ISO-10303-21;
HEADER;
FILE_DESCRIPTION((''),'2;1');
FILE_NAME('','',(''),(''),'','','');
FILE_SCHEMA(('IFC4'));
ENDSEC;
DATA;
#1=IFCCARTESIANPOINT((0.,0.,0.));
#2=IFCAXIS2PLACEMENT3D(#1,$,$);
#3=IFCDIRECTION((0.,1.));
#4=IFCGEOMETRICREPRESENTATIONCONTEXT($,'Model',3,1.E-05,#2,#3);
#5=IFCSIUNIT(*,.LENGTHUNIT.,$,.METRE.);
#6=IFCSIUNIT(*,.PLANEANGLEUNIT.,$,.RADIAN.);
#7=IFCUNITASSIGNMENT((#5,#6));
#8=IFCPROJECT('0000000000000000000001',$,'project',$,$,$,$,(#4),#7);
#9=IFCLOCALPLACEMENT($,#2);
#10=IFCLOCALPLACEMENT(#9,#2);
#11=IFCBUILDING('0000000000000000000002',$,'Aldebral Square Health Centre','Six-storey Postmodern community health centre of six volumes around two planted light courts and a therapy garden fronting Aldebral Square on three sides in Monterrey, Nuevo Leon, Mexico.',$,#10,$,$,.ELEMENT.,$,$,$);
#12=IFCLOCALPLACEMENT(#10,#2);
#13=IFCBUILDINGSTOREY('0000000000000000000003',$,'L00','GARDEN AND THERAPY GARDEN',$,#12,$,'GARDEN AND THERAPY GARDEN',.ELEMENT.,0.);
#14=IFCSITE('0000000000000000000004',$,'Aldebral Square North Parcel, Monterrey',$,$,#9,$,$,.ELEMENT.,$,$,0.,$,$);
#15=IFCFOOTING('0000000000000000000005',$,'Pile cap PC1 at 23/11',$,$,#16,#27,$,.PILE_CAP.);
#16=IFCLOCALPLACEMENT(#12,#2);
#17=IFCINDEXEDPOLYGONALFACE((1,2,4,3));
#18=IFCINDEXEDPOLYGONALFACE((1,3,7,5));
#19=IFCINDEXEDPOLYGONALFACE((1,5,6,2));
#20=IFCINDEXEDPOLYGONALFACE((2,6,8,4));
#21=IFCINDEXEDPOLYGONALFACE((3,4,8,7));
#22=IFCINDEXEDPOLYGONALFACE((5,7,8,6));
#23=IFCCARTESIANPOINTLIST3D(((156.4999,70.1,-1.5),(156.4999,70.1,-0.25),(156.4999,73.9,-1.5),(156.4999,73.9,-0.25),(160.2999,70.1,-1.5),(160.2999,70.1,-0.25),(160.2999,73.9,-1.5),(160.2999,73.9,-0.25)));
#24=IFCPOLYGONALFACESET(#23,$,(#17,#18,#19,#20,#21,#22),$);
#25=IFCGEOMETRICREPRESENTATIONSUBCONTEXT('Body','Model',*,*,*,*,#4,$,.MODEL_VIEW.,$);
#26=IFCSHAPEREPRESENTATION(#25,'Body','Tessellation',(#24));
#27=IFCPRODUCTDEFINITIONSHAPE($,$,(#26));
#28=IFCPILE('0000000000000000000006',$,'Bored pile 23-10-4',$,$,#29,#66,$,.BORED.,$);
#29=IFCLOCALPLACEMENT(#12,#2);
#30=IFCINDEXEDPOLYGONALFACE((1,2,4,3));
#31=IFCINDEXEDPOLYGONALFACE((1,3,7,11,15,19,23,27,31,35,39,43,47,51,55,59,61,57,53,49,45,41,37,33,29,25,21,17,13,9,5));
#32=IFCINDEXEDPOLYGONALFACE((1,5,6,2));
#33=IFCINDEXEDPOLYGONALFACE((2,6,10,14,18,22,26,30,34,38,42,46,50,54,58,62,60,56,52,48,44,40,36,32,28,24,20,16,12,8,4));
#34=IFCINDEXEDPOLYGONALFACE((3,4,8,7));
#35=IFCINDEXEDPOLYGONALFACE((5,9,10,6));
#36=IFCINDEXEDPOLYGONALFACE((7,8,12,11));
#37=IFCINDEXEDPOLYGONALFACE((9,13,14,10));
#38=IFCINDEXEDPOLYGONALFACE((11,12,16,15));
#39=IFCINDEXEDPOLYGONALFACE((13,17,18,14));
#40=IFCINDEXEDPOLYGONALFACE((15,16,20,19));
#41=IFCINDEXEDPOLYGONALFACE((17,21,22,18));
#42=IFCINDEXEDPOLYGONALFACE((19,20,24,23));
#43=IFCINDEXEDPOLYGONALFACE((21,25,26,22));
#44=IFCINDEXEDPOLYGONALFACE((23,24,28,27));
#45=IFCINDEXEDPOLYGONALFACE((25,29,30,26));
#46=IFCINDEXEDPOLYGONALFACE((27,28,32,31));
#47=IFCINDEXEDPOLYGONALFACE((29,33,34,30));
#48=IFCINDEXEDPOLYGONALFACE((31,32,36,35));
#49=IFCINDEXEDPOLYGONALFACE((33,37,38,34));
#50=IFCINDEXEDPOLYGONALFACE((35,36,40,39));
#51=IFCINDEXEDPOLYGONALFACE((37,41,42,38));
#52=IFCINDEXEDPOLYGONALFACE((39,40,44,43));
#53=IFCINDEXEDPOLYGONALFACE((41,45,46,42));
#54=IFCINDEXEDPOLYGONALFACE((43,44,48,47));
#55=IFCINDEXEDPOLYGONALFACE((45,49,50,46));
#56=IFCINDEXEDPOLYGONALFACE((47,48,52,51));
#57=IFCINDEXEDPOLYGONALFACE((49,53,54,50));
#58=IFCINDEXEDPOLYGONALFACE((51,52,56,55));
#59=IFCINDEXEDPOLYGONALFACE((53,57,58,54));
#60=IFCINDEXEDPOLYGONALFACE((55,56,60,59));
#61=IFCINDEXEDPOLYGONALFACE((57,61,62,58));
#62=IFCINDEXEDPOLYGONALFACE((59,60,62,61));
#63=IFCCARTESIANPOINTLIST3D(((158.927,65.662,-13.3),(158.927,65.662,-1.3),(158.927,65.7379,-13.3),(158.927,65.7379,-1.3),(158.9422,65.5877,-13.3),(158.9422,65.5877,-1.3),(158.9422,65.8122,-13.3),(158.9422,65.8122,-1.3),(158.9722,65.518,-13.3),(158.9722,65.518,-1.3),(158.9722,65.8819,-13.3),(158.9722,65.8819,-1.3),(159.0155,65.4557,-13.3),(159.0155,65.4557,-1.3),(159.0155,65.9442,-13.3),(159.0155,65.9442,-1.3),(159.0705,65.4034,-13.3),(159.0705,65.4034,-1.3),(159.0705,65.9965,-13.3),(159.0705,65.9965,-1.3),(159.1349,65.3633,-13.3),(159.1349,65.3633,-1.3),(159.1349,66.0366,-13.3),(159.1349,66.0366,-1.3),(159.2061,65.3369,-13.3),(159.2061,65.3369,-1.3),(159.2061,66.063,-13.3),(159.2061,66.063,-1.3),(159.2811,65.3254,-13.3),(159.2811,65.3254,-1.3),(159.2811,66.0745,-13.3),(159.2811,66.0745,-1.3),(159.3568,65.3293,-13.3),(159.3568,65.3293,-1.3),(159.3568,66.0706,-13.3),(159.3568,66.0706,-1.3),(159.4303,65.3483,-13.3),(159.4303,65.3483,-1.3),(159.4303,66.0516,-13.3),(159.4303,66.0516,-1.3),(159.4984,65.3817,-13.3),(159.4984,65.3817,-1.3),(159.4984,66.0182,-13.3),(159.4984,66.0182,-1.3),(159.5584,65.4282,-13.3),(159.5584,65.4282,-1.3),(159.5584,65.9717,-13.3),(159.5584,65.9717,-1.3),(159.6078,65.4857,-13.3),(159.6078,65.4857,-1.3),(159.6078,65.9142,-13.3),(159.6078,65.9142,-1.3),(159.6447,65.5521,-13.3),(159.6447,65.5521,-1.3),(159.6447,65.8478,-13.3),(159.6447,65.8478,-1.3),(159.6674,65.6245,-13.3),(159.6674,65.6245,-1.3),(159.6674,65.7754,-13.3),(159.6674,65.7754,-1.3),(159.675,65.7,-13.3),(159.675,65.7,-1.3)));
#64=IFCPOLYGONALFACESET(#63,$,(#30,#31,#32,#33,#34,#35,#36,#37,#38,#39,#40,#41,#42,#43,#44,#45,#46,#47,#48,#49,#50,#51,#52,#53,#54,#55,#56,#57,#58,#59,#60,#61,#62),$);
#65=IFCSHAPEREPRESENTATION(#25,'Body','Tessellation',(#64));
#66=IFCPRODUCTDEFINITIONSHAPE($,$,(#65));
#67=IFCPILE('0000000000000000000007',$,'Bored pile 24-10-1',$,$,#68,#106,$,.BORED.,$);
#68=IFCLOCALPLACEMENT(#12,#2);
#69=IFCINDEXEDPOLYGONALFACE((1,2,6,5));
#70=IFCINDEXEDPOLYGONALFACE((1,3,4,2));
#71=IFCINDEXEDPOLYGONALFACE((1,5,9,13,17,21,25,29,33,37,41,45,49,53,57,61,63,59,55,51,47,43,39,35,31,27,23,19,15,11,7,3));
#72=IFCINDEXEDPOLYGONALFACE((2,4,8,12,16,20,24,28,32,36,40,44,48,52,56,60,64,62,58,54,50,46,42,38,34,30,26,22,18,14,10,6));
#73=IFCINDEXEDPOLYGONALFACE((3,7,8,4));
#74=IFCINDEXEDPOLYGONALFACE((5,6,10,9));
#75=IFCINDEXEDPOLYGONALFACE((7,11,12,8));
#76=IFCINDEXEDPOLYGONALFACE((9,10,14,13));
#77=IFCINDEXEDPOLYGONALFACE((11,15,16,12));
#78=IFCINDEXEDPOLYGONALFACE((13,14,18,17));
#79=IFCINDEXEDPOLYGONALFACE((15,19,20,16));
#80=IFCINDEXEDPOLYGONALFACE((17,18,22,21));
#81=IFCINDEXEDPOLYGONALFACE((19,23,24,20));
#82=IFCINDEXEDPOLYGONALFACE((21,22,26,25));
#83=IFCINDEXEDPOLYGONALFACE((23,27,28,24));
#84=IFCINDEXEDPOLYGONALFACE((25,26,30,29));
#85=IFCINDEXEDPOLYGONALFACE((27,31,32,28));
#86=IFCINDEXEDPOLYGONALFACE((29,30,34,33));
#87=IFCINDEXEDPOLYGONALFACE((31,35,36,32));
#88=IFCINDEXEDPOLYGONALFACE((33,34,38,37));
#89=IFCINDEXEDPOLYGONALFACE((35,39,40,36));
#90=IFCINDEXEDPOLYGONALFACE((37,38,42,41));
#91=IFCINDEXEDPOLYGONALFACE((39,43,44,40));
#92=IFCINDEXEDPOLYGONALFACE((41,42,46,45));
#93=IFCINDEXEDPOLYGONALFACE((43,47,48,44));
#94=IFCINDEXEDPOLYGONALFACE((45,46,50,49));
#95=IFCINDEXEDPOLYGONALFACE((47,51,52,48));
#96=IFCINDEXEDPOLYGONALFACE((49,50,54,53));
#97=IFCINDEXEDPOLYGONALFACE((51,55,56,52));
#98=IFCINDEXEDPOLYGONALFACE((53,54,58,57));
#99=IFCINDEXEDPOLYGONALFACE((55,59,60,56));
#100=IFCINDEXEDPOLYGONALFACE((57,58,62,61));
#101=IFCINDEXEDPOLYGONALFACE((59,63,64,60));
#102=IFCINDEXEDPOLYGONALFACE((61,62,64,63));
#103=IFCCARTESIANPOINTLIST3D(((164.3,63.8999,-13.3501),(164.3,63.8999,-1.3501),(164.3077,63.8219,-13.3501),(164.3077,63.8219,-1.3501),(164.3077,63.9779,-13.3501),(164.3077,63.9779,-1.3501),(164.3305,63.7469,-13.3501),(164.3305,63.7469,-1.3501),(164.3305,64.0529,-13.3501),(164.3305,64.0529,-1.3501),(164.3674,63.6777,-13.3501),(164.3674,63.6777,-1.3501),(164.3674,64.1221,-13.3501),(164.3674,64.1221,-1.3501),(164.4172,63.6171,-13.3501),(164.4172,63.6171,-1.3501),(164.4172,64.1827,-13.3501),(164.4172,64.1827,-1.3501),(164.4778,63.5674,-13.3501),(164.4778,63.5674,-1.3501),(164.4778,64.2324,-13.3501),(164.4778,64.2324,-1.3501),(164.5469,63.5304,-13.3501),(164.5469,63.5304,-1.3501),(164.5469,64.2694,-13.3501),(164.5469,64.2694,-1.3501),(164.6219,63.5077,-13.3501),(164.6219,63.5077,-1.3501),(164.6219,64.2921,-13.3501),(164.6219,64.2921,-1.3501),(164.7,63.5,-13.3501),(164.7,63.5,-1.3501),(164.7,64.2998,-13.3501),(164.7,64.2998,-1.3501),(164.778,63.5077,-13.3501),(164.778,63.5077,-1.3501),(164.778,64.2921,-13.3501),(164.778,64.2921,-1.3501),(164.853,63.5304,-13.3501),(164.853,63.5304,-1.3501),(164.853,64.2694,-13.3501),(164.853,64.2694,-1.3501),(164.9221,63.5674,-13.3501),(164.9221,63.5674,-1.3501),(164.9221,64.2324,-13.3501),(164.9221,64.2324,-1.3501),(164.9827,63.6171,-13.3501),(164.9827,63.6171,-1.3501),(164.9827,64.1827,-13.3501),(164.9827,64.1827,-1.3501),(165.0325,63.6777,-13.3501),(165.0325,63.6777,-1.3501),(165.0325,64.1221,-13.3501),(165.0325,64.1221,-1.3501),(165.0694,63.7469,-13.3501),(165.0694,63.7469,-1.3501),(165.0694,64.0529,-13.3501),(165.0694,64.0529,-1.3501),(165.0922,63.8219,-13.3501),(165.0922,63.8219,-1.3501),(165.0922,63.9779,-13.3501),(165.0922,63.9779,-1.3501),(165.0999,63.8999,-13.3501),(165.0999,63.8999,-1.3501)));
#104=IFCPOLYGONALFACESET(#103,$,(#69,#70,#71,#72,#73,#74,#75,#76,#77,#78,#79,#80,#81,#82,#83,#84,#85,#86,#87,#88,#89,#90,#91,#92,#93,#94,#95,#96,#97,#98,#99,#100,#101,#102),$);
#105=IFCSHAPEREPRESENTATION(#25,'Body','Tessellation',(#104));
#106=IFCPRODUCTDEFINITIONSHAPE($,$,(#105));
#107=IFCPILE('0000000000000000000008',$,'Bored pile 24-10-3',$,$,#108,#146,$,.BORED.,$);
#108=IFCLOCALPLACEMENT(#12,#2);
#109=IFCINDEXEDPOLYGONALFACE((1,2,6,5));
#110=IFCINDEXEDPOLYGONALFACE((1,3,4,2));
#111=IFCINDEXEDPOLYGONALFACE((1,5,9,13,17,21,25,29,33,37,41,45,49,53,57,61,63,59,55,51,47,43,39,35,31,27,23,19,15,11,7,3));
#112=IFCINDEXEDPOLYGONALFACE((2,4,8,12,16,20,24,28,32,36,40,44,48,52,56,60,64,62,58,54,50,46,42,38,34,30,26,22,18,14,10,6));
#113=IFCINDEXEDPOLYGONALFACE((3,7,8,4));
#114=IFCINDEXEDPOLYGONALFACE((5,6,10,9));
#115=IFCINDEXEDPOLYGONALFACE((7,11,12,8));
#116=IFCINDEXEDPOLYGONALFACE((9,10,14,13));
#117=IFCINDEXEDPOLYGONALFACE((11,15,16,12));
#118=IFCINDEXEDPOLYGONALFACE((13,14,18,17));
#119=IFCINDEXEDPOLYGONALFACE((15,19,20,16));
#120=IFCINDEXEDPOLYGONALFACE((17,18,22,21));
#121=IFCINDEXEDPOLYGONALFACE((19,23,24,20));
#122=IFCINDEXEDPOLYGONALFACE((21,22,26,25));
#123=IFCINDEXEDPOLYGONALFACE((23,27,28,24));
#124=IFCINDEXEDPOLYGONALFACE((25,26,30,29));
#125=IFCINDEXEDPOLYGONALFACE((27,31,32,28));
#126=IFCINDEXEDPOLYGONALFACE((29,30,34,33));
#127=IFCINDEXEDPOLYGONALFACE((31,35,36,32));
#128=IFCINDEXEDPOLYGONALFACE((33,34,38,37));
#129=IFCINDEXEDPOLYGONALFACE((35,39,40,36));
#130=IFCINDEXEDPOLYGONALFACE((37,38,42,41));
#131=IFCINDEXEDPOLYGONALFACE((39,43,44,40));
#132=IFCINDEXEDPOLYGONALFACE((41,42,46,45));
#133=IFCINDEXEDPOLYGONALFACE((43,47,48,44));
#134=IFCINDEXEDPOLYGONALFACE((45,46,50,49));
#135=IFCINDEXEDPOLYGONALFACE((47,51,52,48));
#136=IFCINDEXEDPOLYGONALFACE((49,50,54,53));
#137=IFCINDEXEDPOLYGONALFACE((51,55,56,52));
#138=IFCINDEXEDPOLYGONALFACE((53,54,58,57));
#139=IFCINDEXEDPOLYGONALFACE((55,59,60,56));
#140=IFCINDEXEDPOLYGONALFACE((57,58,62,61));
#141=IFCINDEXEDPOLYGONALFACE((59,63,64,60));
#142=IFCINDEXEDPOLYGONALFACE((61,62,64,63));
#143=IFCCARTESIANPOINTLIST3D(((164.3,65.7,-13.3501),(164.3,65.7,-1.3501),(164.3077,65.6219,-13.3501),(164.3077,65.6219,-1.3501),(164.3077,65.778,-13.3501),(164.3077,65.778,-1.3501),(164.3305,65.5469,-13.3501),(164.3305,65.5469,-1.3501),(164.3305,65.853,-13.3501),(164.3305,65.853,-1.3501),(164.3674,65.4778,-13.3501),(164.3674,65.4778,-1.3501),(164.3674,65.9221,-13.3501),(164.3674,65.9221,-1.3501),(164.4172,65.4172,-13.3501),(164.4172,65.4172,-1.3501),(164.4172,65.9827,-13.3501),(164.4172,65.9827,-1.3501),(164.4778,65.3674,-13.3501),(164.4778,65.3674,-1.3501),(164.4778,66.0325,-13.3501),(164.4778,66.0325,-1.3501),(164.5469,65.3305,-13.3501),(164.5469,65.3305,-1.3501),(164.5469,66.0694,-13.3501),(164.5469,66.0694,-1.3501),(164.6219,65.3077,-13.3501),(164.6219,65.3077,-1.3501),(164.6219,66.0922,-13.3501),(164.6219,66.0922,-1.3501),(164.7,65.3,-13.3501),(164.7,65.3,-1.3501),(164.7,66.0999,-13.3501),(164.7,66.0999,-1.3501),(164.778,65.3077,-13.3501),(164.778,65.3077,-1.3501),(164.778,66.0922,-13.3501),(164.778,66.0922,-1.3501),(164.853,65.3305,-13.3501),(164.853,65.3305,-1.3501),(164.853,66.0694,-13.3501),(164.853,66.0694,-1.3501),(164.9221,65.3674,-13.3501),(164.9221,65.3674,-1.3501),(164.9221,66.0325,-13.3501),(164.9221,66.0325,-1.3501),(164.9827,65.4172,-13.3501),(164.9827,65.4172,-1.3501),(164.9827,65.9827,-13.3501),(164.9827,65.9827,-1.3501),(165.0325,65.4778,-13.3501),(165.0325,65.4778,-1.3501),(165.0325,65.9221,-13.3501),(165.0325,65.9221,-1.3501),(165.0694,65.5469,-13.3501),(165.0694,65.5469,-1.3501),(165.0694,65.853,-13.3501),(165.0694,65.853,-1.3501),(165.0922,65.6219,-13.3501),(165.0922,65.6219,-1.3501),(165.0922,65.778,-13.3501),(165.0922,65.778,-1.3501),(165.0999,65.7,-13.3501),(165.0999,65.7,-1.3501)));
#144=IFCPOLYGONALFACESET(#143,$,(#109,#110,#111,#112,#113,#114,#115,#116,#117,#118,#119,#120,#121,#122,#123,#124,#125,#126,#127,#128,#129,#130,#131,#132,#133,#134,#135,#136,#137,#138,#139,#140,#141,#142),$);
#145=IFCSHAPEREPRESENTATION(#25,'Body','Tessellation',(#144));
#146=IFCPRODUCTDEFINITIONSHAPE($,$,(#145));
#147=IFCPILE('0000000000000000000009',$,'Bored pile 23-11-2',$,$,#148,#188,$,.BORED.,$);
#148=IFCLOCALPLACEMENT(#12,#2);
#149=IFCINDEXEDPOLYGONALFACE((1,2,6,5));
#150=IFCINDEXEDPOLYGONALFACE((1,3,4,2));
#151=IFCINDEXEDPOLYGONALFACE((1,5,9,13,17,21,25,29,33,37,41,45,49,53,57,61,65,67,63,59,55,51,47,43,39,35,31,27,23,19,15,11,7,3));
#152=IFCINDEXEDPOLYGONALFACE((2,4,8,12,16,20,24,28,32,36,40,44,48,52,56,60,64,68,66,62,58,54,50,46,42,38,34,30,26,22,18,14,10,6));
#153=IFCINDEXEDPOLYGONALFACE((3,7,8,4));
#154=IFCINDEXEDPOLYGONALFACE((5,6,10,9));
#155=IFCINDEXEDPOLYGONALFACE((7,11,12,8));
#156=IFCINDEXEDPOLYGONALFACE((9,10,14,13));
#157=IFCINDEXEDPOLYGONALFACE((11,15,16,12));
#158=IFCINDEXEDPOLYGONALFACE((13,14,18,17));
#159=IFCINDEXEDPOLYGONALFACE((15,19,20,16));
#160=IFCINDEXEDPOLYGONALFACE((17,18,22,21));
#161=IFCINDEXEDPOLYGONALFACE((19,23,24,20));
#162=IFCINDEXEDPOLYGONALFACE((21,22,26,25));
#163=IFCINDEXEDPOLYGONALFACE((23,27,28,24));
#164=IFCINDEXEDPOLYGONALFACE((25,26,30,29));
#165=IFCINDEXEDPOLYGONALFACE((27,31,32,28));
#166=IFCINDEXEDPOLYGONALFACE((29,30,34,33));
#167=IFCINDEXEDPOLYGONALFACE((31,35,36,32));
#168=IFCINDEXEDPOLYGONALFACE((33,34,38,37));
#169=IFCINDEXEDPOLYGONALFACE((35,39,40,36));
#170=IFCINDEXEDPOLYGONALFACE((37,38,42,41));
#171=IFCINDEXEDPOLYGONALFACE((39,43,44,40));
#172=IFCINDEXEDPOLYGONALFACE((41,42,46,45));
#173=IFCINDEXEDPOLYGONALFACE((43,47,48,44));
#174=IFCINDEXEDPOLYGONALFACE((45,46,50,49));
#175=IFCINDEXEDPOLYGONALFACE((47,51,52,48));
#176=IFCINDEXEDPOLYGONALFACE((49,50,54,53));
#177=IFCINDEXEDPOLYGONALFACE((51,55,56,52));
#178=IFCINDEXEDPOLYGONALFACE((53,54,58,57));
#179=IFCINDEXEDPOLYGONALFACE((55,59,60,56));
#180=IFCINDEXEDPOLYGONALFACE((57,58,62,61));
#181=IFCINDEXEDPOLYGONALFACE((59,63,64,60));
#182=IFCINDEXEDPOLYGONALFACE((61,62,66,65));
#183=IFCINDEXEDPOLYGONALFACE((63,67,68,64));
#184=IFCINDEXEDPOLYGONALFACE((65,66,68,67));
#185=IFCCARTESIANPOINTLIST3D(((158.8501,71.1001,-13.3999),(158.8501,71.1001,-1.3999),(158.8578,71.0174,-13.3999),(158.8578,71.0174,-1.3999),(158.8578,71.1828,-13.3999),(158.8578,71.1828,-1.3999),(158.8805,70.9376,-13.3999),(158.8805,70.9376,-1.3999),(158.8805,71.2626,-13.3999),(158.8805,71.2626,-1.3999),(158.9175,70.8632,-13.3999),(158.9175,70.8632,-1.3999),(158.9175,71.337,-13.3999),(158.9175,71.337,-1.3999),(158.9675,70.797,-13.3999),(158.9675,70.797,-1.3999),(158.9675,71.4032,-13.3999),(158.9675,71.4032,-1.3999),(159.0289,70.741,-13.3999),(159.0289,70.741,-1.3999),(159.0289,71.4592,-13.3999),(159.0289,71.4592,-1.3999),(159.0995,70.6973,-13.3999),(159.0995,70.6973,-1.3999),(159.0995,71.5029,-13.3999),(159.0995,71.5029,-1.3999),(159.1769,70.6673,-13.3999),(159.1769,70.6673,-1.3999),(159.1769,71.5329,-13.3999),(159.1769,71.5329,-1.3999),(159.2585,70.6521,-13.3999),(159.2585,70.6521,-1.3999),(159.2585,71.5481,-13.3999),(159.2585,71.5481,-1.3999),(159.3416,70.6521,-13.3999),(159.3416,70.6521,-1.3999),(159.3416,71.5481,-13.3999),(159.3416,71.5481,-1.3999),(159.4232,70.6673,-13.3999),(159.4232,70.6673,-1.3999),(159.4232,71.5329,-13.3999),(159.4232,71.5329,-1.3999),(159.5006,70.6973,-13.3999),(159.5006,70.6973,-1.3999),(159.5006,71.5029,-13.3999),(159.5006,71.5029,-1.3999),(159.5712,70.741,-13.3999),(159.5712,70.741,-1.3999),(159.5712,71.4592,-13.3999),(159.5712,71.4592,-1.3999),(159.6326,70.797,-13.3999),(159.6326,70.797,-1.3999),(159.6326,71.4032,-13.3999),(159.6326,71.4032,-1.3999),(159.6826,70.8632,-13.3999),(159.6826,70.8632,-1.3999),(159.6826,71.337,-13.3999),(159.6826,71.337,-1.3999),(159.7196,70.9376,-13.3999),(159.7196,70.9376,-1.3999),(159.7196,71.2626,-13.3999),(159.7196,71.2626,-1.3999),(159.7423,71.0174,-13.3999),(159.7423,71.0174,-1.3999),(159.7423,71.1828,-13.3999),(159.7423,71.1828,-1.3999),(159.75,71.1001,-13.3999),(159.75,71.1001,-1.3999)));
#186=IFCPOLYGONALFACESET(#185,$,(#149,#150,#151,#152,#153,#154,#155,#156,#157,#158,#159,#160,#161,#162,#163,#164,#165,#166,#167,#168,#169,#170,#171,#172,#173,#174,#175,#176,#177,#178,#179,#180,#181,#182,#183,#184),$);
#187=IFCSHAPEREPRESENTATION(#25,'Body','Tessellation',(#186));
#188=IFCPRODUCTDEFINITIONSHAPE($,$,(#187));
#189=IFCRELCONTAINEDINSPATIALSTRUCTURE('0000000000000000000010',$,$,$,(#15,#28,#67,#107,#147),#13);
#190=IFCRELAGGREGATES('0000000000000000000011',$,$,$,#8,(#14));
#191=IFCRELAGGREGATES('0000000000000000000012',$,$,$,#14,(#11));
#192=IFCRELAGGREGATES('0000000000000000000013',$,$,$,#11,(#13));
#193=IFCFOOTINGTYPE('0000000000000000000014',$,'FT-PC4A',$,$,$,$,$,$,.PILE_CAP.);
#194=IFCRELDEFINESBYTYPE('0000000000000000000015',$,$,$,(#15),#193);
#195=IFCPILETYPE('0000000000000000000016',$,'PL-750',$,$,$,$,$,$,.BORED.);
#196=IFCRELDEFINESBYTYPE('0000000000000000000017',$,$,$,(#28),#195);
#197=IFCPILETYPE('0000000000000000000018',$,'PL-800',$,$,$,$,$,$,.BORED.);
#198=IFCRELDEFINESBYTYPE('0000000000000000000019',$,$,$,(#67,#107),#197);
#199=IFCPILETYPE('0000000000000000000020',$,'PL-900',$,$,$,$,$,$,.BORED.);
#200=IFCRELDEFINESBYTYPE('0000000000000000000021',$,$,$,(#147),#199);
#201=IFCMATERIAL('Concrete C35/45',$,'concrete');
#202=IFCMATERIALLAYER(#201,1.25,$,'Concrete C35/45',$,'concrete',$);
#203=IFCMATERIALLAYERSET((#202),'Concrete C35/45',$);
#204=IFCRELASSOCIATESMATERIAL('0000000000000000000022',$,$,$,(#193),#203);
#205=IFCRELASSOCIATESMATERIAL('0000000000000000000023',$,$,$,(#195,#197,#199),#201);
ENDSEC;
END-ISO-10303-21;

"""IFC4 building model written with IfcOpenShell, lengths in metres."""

from ifc_helpers import new_model, si_unit, direction, frame, origin, origin_2d, place, context, subcontext, project, spatial, rectangle, circle, extrude, material, layer, layer_set, material_profile, profile_set, type_object, element, save


model = new_model("IFC4")

# Units and contexts
model_context = context("Model", 3, precision=1e-05, world=origin(), true_north=direction((0.0, 1.0)))
body_context = subcontext(model_context, "Body", "Model", "MODEL_VIEW")
ifc_project = project(units=[si_unit("LENGTHUNIT", "METRE"), si_unit("PLANEANGLEUNIT", "RADIAN")], contexts=[model_context])

# Site, building, storey
site_placement = place(None, origin())
site = spatial("IfcSite", under=ifc_project, at=site_placement, Name="Aldebral Square North Parcel, Monterrey", CompositionType="ELEMENT", RefElevation=0.0)
building_placement = place(site_placement, origin())
building = spatial("IfcBuilding", under=site, at=building_placement, Name="Aldebral Square Health Centre", Description="Six-storey Postmodern community health centre of six volumes around two planted light courts and a therapy garden fronting Aldebral Square on three sides in Monterrey, Nuevo Leon, Mexico.", CompositionType="ELEMENT")
storey_placement = place(building_placement, origin())
storey = spatial("IfcBuildingStorey", under=building, at=storey_placement, Name="L00", Description="GARDEN AND THERAPY GARDEN", LongName="GARDEN AND THERAPY GARDEN", CompositionType="ELEMENT", Elevation=0.0)

# Footing
ifc_material_1 = material(Name="Concrete C35/45", Category="concrete")
ifc_layer_1 = layer(ifc_material_1, 1.25, Name="Concrete C35/45", Category="concrete")
ifc_layer_set_1 = layer_set([ifc_layer_1], Name="Concrete C35/45")
footing_type = type_object("IfcFootingType", Name="FT-PC4A", PredefinedType="PILE_CAP", material=ifc_layer_set_1)
footing_placement = place(storey_placement, frame((158.3999, 72.0, -1.5), z_axis=(0.0, 0.0, 1.0), x_axis=(1.0, 0.0, 0.0)))
element("IfcFooting", 1, at=footing_placement, inside=storey, type_object=footing_type, Name="Pile cap PC1 at 23/11", PredefinedType="PILE_CAP", context=body_context, shape_type="SweptSolid", body=[
    extrude(rectangle(XDim=3.8, YDim=3.8, at=origin_2d()), origin(), (0.0, 0.0, 1.0), 1.25),
])

# Piles
ifc_material_profile_1 = material_profile(ifc_material_1, circle(Radius=0.375, at=origin_2d()), Name="PILE D750")
ifc_profile_set_1 = profile_set([ifc_material_profile_1], Name="Concrete C35/45")
pile_type_1 = type_object("IfcPileType", Name="PL-750", PredefinedType="BORED", material=ifc_profile_set_1)
pile_1_placement = place(storey_placement, frame((159.3, 65.7, -1.3), z_axis=(0.0, 0.0, -1.0), x_axis=(1.0, 0.0, 0.0)))
element("IfcPile", 2, at=pile_1_placement, inside=storey, type_object=pile_type_1, Name="Bored pile 23-10-4", PredefinedType="BORED", context=body_context, shape_type="SweptSolid", body=[
    extrude(circle(Radius=0.375, at=origin_2d()), origin(), (0.0, 0.0, 1.0), 12.0),
])
ifc_material_profile_2 = material_profile(ifc_material_1, circle(Radius=0.3999, at=origin_2d()), Name="PILE D800")
ifc_profile_set_2 = profile_set([ifc_material_profile_2], Name="Concrete C35/45")
pile_type_2 = type_object("IfcPileType", Name="PL-800", PredefinedType="BORED", material=ifc_profile_set_2)
for number, where, z_axis, x_axis, name in (
    (3, (164.7, 63.8999, -1.3501), (0.0, 0.0, -1.0), (1.0, 0.0, 0.0), "Bored pile 24-10-1"),
    (4, (164.7, 65.7, -1.3501), (0.0, 0.0, -1.0), (1.0, 0.0, 0.0), "Bored pile 24-10-3"),
):
    element("IfcPile", number, at=place(storey_placement, frame(where, z_axis=z_axis, x_axis=x_axis)), inside=storey, type_object=pile_type_2, Name=name, PredefinedType="BORED", context=body_context, shape_type="SweptSolid", body=[
        extrude(circle(Radius=0.3999, at=origin_2d()), origin(), (0.0, 0.0, 1.0), 12.0),
    ])
ifc_material_profile_3 = material_profile(ifc_material_1, circle(Radius=0.45, at=origin_2d()), Name="PILE D900")
ifc_profile_set_3 = profile_set([ifc_material_profile_3], Name="Concrete C35/45")
pile_type_3 = type_object("IfcPileType", Name="PL-900", PredefinedType="BORED", material=ifc_profile_set_3)
pile_2_placement = place(storey_placement, frame((159.3, 71.1001, -1.3999), z_axis=(0.0, 0.0, -1.0), x_axis=(1.0, 0.0, 0.0)))
element("IfcPile", 5, at=pile_2_placement, inside=storey, type_object=pile_type_3, Name="Bored pile 23-11-2", PredefinedType="BORED", context=body_context, shape_type="SweptSolid", body=[
    extrude(circle(Radius=0.45, at=origin_2d()), origin(), (0.0, 0.0, 1.0), 12.0),
])

save(model, "model.ifc")
